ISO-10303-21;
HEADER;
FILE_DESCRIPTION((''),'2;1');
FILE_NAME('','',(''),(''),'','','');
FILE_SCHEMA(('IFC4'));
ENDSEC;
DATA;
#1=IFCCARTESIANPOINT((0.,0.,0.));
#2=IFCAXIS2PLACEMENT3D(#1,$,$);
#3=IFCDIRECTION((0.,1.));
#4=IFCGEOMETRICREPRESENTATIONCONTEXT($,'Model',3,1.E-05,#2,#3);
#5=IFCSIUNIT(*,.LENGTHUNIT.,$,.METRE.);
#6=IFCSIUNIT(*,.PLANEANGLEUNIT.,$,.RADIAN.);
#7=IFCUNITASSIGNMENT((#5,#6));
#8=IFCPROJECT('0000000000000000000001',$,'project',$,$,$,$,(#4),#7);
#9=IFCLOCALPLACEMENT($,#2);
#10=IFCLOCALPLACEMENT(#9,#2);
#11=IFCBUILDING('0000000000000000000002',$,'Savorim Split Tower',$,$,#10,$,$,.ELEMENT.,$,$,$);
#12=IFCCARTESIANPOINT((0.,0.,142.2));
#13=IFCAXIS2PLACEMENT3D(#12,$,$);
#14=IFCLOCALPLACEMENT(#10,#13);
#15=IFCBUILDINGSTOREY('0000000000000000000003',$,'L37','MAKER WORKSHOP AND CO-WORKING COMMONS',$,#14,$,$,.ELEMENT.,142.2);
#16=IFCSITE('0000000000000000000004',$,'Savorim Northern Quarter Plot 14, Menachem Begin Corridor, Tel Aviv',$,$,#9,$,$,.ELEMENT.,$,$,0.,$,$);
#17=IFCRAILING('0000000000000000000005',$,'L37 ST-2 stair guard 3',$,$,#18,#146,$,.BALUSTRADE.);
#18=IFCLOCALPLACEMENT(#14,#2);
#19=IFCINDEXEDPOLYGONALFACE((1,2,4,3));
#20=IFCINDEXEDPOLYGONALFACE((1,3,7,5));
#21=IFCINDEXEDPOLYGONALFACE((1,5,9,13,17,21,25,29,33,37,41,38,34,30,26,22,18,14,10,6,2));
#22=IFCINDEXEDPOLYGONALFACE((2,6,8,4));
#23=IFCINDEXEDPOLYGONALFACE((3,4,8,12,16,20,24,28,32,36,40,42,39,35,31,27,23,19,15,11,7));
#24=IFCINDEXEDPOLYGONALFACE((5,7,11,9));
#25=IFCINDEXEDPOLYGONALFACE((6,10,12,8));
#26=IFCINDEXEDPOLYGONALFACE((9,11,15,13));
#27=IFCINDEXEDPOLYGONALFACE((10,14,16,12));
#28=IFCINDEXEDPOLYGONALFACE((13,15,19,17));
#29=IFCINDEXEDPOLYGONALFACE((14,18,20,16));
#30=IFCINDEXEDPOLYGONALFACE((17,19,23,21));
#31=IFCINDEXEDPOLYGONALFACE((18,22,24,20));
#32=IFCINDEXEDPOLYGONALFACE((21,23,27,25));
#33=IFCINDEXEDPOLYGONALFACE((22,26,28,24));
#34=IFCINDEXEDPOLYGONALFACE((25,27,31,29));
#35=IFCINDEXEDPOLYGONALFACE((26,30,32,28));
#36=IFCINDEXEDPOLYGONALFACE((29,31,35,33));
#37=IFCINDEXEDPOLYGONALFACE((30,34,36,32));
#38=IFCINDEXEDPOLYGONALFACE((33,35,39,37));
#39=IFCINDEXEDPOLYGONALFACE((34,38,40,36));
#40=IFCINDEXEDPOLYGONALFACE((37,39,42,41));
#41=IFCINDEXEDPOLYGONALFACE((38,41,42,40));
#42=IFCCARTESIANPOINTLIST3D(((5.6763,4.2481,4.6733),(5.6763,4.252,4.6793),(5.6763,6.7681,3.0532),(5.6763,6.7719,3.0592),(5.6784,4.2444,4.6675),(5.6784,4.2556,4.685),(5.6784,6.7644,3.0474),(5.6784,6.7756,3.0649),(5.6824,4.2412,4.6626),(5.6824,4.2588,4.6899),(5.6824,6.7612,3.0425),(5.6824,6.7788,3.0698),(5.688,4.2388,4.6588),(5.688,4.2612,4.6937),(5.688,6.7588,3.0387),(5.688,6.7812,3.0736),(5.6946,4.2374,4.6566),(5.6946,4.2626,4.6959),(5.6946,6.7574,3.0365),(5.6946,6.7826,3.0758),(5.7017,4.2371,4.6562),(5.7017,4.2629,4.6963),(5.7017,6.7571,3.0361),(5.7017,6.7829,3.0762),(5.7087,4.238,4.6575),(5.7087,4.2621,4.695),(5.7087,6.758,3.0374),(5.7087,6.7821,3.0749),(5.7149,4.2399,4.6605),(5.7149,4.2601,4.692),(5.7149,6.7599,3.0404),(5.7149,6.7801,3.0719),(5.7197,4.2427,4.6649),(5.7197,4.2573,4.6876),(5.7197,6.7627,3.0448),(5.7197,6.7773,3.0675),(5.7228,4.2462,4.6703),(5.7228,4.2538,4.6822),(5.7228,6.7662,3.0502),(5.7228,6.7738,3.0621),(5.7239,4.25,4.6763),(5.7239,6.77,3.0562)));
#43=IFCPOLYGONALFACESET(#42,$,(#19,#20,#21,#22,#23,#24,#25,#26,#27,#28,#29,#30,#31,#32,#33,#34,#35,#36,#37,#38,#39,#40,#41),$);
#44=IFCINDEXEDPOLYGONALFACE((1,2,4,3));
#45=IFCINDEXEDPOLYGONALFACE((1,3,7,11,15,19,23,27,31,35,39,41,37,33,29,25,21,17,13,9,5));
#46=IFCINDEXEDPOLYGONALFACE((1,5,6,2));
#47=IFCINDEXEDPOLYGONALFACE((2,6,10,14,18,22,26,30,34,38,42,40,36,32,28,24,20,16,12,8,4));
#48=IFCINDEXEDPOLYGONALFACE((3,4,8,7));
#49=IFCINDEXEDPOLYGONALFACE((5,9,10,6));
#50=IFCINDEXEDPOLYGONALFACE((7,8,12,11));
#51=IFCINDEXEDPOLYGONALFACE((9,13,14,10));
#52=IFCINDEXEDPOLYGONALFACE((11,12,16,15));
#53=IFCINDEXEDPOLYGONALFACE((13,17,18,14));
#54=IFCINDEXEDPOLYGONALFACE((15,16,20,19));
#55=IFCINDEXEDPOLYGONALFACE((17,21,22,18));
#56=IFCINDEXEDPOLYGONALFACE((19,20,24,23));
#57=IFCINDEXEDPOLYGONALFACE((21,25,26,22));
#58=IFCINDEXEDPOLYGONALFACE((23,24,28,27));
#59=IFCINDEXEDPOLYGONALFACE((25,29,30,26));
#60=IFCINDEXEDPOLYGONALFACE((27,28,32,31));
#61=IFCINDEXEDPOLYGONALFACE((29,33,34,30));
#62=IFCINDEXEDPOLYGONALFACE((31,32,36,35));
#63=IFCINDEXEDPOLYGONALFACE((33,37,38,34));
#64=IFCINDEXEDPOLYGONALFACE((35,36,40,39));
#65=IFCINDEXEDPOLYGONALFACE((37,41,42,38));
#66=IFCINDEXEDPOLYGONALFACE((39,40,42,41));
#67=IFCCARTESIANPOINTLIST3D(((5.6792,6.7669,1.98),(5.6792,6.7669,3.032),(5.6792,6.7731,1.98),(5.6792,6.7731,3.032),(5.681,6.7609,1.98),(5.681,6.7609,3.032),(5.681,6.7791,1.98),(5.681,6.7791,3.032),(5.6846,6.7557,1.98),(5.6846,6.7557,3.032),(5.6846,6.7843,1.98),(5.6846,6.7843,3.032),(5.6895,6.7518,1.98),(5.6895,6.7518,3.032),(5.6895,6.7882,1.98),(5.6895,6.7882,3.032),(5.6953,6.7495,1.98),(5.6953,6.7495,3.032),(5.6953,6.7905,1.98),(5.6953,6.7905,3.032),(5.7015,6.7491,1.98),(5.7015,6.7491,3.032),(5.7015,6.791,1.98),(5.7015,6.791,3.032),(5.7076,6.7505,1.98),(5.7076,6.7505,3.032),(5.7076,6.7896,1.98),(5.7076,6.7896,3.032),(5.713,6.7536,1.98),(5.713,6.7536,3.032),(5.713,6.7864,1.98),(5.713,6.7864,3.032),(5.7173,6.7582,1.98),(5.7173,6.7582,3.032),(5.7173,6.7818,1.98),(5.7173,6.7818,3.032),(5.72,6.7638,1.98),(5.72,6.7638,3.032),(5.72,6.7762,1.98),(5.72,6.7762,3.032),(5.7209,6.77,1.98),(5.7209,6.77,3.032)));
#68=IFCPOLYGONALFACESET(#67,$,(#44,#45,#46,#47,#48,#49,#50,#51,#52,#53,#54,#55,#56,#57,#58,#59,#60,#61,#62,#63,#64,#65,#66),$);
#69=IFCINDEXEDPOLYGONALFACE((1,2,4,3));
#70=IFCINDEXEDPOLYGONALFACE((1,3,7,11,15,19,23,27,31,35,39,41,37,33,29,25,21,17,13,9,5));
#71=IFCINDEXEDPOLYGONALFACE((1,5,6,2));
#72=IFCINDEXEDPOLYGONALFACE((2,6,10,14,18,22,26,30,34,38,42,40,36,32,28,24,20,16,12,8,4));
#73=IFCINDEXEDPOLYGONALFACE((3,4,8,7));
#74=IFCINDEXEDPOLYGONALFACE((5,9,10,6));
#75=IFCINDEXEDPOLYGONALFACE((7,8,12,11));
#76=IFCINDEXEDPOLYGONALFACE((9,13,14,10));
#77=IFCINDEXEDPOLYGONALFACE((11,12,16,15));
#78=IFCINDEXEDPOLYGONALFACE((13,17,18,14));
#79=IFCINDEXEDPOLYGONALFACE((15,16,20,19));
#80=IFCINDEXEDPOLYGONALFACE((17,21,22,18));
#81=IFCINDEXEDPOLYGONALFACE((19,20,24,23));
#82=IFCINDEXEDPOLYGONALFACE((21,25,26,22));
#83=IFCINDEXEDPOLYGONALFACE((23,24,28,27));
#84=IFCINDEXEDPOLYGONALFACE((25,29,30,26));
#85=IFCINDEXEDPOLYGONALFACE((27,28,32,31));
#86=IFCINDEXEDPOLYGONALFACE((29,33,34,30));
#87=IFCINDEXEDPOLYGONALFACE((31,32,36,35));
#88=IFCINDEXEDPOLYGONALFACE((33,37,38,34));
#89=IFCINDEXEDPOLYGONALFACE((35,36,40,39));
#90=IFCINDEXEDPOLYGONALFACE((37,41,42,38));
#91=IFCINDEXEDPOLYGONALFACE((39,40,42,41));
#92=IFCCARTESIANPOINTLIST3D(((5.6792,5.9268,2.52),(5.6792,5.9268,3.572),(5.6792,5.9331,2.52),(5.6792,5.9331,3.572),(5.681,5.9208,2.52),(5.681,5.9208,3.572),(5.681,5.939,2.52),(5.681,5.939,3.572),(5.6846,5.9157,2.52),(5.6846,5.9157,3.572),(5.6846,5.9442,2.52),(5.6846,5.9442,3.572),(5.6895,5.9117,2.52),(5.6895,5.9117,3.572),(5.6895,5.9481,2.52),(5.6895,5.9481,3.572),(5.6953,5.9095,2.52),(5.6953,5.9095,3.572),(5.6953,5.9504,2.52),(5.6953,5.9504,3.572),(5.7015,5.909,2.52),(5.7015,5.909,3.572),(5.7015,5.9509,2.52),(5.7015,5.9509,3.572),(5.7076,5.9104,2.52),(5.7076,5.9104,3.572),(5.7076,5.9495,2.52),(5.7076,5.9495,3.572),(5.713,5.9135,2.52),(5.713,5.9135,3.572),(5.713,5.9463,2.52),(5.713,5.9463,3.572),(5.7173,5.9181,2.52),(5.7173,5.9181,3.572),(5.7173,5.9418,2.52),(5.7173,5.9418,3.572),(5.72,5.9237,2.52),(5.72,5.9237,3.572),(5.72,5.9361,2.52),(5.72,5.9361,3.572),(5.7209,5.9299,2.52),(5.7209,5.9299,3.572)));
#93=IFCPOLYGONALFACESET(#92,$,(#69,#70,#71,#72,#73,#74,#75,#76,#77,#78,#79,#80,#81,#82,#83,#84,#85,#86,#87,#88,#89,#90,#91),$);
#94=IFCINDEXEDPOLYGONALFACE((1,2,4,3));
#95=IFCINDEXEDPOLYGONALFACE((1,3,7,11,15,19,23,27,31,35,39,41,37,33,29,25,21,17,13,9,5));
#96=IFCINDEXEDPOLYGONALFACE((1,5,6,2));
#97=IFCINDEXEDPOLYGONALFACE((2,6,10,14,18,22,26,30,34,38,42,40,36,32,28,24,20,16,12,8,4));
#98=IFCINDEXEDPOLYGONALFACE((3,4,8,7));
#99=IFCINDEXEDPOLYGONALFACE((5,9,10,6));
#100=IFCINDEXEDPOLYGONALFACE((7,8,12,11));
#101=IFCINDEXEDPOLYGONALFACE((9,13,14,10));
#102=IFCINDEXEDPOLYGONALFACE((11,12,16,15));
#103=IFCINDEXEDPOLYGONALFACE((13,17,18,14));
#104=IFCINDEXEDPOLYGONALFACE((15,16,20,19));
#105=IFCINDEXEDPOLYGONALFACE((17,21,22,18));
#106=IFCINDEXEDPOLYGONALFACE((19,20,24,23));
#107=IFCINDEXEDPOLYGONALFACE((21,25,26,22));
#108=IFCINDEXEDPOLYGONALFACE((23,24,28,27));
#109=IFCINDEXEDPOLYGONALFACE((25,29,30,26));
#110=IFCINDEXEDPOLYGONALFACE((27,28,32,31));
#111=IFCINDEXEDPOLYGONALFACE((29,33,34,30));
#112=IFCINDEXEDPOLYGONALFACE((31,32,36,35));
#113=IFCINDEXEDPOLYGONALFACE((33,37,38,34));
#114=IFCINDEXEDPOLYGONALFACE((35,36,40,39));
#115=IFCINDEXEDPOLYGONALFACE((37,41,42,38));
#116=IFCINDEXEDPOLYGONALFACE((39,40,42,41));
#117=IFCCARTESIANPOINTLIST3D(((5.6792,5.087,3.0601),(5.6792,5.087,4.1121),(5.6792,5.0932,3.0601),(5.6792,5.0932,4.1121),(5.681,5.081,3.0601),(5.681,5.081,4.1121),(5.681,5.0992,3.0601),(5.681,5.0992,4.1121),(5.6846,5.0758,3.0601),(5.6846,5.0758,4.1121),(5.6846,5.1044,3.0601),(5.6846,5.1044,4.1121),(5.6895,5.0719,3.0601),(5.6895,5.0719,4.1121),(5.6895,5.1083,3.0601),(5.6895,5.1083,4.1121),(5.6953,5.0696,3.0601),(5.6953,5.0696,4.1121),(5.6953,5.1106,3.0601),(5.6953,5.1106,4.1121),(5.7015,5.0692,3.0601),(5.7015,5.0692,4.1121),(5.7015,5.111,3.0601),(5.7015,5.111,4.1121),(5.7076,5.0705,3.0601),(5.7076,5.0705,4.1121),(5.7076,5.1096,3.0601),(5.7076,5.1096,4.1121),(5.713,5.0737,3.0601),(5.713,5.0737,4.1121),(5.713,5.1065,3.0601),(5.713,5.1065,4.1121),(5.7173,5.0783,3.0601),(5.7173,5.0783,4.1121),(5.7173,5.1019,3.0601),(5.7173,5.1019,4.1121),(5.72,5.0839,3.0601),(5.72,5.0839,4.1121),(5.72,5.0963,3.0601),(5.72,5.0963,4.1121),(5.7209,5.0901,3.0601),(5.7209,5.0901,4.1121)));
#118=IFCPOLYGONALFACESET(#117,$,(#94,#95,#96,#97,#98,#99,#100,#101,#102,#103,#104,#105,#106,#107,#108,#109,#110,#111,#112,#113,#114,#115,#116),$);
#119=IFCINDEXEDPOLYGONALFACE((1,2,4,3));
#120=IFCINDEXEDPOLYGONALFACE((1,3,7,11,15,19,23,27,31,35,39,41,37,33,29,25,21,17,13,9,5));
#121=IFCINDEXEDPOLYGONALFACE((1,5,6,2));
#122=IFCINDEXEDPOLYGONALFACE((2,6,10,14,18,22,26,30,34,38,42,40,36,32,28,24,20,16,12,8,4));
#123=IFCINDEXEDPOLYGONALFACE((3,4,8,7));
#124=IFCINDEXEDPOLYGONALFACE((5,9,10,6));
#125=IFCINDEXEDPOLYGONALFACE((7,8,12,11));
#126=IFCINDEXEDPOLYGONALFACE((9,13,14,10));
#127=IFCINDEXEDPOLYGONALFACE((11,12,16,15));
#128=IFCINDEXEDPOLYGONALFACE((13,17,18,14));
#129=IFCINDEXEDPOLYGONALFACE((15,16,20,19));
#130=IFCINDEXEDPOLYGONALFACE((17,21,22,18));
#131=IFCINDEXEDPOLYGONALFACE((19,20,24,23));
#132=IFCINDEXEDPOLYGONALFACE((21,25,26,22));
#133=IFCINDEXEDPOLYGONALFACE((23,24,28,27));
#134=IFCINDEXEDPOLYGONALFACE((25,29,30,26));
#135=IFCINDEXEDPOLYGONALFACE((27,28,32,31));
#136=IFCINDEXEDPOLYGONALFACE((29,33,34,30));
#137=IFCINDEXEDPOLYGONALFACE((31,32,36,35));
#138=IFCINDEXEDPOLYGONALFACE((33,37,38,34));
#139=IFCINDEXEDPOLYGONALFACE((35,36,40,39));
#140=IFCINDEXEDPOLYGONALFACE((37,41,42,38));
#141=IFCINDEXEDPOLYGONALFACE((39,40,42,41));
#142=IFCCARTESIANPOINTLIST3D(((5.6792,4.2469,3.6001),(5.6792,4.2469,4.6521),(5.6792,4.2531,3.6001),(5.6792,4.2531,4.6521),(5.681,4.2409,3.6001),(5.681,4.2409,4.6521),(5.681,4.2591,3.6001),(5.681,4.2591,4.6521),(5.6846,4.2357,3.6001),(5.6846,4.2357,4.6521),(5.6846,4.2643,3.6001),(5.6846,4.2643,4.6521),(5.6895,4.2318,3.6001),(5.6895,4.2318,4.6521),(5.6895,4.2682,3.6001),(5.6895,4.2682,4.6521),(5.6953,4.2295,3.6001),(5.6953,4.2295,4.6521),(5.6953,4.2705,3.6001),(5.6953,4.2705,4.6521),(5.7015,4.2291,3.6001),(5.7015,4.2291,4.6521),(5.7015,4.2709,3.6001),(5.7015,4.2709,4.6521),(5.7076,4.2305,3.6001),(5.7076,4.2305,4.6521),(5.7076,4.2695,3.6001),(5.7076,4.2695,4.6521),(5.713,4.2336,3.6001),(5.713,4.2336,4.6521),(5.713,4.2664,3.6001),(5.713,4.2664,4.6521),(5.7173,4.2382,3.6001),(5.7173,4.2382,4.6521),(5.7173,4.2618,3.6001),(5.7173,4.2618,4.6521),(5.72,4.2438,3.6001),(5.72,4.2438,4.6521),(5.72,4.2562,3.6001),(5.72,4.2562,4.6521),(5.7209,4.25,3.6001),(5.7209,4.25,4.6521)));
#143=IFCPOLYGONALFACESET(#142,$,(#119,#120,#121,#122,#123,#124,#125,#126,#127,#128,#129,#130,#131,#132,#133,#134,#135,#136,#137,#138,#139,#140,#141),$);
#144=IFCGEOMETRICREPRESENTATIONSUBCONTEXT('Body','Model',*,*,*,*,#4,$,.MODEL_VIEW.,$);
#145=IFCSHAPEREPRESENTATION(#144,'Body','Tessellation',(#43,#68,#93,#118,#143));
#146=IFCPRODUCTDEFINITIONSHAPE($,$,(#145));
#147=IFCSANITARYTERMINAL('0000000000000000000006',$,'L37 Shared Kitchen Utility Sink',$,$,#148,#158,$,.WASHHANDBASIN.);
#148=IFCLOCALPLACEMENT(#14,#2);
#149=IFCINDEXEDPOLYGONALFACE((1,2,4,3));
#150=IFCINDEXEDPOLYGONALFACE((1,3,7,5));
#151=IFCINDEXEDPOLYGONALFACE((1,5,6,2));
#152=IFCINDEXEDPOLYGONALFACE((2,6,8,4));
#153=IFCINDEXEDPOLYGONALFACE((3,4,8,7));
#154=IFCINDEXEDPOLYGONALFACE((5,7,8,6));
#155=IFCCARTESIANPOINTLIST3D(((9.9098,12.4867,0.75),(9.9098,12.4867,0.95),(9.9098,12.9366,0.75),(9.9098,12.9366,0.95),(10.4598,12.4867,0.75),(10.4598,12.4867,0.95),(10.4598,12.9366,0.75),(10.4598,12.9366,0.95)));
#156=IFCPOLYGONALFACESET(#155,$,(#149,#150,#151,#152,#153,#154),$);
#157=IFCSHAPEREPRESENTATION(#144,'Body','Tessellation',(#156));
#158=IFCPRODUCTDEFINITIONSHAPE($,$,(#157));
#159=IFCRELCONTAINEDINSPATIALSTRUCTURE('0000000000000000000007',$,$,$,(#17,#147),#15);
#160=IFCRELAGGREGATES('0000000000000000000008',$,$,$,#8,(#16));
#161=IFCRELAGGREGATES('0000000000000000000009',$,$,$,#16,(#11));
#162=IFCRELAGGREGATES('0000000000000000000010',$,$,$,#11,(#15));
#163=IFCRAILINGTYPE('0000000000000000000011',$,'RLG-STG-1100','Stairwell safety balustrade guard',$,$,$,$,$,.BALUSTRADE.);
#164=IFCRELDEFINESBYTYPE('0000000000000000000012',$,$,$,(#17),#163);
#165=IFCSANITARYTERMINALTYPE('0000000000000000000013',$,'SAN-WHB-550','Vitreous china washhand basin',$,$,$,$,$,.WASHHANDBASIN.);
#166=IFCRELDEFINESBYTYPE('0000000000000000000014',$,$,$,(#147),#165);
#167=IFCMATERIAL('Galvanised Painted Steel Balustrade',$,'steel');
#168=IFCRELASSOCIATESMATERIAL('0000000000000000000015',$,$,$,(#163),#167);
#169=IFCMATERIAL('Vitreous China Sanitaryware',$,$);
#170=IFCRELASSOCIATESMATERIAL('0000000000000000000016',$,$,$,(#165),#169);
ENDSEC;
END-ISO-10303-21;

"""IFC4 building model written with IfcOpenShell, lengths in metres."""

from ifc_helpers import new_model, si_unit, direction, frame, origin, origin_2d, place, context, subcontext, project, spatial, rectangle, circle, extrude, material, type_object, element, save


model = new_model("IFC4")

# Units and contexts
model_context = context("Model", 3, precision=1e-05, world=origin(), true_north=direction((0.0, 1.0)))
body_context = subcontext(model_context, "Body", "Model", "MODEL_VIEW")
ifc_project = project(units=[si_unit("LENGTHUNIT", "METRE"), si_unit("PLANEANGLEUNIT", "RADIAN")], contexts=[model_context])

# Site, building, storey
site_placement = place(None, origin())
site = spatial("IfcSite", under=ifc_project, at=site_placement, Name="Savorim Northern Quarter Plot 14, Menachem Begin Corridor, Tel Aviv", CompositionType="ELEMENT", RefElevation=0.0)
building_placement = place(site_placement, origin())
building = spatial("IfcBuilding", under=site, at=building_placement, Name="Savorim Split Tower", CompositionType="ELEMENT")
storey_placement = place(building_placement, frame((0.0, 0.0, 142.2)))
storey = spatial("IfcBuildingStorey", under=building, at=storey_placement, Name="L37", Description="MAKER WORKSHOP AND CO-WORKING COMMONS", CompositionType="ELEMENT", Elevation=142.2)

# Railing
ifc_material_1 = material(Name="Galvanised Painted Steel Balustrade", Category="steel")
railing_type = type_object("IfcRailingType", Name="RLG-STG-1100", Description="Stairwell safety balustrade guard", PredefinedType="BALUSTRADE", material=ifc_material_1)
railing_1_placement = place(storey_placement, frame((5.7, 6.77, 1.98)))
element("IfcRailing", 1, at=railing_1_placement, inside=storey, type_object=railing_type, Name="L37 ST-2 stair guard 3", PredefinedType="BALUSTRADE", context=body_context, shape_type="SweptSolid", body=[
    extrude(circle(Radius=0.0239, at=origin_2d()), frame((0.0, 0.0, 1.0762), z_axis=(0.0, -0.841163, 0.540782), x_axis=(1.0, 0.0, 0.0)), (0.0, 0.0, 1.0), 2.9958),
    extrude(circle(Radius=0.021, at=origin_2d()), origin(), (0.0, 0.0, 1.0), 1.052),
    extrude(circle(Radius=0.021, at=origin_2d()), frame((0.0, -0.8401, 0.54)), (0.0, 0.0, 1.0), 1.052),
    extrude(circle(Radius=0.021, at=origin_2d()), frame((0.0, -1.6799, 1.0801)), (0.0, 0.0, 1.0), 1.052),
    extrude(circle(Radius=0.021, at=origin_2d()), frame((0.0, -2.52, 1.6201)), (0.0, 0.0, 1.0), 1.052),
])

# Sanitary terminal
ifc_material_2 = material(Name="Vitreous China Sanitaryware")
sanitary_terminal_type = type_object("IfcSanitaryTerminalType", Name="SAN-WHB-550", Description="Vitreous china washhand basin", PredefinedType="WASHHANDBASIN", material=ifc_material_2)
sanitary_terminal_placement = place(storey_placement, frame((10.1848, 12.7117, 0.75), z_axis=(0.0, 0.0, 1.0), x_axis=(1.0, 0.0, 0.0)))
element("IfcSanitaryTerminal", 2, at=sanitary_terminal_placement, inside=storey, type_object=sanitary_terminal_type, Name="L37 Shared Kitchen Utility Sink", PredefinedType="WASHHANDBASIN", context=body_context, shape_type="SweptSolid", body=[
    extrude(rectangle(XDim=0.55, YDim=0.45, at=origin_2d()), origin(), (0.0, 0.0, 1.0), 0.2),
])

save(model, "model.ifc")
